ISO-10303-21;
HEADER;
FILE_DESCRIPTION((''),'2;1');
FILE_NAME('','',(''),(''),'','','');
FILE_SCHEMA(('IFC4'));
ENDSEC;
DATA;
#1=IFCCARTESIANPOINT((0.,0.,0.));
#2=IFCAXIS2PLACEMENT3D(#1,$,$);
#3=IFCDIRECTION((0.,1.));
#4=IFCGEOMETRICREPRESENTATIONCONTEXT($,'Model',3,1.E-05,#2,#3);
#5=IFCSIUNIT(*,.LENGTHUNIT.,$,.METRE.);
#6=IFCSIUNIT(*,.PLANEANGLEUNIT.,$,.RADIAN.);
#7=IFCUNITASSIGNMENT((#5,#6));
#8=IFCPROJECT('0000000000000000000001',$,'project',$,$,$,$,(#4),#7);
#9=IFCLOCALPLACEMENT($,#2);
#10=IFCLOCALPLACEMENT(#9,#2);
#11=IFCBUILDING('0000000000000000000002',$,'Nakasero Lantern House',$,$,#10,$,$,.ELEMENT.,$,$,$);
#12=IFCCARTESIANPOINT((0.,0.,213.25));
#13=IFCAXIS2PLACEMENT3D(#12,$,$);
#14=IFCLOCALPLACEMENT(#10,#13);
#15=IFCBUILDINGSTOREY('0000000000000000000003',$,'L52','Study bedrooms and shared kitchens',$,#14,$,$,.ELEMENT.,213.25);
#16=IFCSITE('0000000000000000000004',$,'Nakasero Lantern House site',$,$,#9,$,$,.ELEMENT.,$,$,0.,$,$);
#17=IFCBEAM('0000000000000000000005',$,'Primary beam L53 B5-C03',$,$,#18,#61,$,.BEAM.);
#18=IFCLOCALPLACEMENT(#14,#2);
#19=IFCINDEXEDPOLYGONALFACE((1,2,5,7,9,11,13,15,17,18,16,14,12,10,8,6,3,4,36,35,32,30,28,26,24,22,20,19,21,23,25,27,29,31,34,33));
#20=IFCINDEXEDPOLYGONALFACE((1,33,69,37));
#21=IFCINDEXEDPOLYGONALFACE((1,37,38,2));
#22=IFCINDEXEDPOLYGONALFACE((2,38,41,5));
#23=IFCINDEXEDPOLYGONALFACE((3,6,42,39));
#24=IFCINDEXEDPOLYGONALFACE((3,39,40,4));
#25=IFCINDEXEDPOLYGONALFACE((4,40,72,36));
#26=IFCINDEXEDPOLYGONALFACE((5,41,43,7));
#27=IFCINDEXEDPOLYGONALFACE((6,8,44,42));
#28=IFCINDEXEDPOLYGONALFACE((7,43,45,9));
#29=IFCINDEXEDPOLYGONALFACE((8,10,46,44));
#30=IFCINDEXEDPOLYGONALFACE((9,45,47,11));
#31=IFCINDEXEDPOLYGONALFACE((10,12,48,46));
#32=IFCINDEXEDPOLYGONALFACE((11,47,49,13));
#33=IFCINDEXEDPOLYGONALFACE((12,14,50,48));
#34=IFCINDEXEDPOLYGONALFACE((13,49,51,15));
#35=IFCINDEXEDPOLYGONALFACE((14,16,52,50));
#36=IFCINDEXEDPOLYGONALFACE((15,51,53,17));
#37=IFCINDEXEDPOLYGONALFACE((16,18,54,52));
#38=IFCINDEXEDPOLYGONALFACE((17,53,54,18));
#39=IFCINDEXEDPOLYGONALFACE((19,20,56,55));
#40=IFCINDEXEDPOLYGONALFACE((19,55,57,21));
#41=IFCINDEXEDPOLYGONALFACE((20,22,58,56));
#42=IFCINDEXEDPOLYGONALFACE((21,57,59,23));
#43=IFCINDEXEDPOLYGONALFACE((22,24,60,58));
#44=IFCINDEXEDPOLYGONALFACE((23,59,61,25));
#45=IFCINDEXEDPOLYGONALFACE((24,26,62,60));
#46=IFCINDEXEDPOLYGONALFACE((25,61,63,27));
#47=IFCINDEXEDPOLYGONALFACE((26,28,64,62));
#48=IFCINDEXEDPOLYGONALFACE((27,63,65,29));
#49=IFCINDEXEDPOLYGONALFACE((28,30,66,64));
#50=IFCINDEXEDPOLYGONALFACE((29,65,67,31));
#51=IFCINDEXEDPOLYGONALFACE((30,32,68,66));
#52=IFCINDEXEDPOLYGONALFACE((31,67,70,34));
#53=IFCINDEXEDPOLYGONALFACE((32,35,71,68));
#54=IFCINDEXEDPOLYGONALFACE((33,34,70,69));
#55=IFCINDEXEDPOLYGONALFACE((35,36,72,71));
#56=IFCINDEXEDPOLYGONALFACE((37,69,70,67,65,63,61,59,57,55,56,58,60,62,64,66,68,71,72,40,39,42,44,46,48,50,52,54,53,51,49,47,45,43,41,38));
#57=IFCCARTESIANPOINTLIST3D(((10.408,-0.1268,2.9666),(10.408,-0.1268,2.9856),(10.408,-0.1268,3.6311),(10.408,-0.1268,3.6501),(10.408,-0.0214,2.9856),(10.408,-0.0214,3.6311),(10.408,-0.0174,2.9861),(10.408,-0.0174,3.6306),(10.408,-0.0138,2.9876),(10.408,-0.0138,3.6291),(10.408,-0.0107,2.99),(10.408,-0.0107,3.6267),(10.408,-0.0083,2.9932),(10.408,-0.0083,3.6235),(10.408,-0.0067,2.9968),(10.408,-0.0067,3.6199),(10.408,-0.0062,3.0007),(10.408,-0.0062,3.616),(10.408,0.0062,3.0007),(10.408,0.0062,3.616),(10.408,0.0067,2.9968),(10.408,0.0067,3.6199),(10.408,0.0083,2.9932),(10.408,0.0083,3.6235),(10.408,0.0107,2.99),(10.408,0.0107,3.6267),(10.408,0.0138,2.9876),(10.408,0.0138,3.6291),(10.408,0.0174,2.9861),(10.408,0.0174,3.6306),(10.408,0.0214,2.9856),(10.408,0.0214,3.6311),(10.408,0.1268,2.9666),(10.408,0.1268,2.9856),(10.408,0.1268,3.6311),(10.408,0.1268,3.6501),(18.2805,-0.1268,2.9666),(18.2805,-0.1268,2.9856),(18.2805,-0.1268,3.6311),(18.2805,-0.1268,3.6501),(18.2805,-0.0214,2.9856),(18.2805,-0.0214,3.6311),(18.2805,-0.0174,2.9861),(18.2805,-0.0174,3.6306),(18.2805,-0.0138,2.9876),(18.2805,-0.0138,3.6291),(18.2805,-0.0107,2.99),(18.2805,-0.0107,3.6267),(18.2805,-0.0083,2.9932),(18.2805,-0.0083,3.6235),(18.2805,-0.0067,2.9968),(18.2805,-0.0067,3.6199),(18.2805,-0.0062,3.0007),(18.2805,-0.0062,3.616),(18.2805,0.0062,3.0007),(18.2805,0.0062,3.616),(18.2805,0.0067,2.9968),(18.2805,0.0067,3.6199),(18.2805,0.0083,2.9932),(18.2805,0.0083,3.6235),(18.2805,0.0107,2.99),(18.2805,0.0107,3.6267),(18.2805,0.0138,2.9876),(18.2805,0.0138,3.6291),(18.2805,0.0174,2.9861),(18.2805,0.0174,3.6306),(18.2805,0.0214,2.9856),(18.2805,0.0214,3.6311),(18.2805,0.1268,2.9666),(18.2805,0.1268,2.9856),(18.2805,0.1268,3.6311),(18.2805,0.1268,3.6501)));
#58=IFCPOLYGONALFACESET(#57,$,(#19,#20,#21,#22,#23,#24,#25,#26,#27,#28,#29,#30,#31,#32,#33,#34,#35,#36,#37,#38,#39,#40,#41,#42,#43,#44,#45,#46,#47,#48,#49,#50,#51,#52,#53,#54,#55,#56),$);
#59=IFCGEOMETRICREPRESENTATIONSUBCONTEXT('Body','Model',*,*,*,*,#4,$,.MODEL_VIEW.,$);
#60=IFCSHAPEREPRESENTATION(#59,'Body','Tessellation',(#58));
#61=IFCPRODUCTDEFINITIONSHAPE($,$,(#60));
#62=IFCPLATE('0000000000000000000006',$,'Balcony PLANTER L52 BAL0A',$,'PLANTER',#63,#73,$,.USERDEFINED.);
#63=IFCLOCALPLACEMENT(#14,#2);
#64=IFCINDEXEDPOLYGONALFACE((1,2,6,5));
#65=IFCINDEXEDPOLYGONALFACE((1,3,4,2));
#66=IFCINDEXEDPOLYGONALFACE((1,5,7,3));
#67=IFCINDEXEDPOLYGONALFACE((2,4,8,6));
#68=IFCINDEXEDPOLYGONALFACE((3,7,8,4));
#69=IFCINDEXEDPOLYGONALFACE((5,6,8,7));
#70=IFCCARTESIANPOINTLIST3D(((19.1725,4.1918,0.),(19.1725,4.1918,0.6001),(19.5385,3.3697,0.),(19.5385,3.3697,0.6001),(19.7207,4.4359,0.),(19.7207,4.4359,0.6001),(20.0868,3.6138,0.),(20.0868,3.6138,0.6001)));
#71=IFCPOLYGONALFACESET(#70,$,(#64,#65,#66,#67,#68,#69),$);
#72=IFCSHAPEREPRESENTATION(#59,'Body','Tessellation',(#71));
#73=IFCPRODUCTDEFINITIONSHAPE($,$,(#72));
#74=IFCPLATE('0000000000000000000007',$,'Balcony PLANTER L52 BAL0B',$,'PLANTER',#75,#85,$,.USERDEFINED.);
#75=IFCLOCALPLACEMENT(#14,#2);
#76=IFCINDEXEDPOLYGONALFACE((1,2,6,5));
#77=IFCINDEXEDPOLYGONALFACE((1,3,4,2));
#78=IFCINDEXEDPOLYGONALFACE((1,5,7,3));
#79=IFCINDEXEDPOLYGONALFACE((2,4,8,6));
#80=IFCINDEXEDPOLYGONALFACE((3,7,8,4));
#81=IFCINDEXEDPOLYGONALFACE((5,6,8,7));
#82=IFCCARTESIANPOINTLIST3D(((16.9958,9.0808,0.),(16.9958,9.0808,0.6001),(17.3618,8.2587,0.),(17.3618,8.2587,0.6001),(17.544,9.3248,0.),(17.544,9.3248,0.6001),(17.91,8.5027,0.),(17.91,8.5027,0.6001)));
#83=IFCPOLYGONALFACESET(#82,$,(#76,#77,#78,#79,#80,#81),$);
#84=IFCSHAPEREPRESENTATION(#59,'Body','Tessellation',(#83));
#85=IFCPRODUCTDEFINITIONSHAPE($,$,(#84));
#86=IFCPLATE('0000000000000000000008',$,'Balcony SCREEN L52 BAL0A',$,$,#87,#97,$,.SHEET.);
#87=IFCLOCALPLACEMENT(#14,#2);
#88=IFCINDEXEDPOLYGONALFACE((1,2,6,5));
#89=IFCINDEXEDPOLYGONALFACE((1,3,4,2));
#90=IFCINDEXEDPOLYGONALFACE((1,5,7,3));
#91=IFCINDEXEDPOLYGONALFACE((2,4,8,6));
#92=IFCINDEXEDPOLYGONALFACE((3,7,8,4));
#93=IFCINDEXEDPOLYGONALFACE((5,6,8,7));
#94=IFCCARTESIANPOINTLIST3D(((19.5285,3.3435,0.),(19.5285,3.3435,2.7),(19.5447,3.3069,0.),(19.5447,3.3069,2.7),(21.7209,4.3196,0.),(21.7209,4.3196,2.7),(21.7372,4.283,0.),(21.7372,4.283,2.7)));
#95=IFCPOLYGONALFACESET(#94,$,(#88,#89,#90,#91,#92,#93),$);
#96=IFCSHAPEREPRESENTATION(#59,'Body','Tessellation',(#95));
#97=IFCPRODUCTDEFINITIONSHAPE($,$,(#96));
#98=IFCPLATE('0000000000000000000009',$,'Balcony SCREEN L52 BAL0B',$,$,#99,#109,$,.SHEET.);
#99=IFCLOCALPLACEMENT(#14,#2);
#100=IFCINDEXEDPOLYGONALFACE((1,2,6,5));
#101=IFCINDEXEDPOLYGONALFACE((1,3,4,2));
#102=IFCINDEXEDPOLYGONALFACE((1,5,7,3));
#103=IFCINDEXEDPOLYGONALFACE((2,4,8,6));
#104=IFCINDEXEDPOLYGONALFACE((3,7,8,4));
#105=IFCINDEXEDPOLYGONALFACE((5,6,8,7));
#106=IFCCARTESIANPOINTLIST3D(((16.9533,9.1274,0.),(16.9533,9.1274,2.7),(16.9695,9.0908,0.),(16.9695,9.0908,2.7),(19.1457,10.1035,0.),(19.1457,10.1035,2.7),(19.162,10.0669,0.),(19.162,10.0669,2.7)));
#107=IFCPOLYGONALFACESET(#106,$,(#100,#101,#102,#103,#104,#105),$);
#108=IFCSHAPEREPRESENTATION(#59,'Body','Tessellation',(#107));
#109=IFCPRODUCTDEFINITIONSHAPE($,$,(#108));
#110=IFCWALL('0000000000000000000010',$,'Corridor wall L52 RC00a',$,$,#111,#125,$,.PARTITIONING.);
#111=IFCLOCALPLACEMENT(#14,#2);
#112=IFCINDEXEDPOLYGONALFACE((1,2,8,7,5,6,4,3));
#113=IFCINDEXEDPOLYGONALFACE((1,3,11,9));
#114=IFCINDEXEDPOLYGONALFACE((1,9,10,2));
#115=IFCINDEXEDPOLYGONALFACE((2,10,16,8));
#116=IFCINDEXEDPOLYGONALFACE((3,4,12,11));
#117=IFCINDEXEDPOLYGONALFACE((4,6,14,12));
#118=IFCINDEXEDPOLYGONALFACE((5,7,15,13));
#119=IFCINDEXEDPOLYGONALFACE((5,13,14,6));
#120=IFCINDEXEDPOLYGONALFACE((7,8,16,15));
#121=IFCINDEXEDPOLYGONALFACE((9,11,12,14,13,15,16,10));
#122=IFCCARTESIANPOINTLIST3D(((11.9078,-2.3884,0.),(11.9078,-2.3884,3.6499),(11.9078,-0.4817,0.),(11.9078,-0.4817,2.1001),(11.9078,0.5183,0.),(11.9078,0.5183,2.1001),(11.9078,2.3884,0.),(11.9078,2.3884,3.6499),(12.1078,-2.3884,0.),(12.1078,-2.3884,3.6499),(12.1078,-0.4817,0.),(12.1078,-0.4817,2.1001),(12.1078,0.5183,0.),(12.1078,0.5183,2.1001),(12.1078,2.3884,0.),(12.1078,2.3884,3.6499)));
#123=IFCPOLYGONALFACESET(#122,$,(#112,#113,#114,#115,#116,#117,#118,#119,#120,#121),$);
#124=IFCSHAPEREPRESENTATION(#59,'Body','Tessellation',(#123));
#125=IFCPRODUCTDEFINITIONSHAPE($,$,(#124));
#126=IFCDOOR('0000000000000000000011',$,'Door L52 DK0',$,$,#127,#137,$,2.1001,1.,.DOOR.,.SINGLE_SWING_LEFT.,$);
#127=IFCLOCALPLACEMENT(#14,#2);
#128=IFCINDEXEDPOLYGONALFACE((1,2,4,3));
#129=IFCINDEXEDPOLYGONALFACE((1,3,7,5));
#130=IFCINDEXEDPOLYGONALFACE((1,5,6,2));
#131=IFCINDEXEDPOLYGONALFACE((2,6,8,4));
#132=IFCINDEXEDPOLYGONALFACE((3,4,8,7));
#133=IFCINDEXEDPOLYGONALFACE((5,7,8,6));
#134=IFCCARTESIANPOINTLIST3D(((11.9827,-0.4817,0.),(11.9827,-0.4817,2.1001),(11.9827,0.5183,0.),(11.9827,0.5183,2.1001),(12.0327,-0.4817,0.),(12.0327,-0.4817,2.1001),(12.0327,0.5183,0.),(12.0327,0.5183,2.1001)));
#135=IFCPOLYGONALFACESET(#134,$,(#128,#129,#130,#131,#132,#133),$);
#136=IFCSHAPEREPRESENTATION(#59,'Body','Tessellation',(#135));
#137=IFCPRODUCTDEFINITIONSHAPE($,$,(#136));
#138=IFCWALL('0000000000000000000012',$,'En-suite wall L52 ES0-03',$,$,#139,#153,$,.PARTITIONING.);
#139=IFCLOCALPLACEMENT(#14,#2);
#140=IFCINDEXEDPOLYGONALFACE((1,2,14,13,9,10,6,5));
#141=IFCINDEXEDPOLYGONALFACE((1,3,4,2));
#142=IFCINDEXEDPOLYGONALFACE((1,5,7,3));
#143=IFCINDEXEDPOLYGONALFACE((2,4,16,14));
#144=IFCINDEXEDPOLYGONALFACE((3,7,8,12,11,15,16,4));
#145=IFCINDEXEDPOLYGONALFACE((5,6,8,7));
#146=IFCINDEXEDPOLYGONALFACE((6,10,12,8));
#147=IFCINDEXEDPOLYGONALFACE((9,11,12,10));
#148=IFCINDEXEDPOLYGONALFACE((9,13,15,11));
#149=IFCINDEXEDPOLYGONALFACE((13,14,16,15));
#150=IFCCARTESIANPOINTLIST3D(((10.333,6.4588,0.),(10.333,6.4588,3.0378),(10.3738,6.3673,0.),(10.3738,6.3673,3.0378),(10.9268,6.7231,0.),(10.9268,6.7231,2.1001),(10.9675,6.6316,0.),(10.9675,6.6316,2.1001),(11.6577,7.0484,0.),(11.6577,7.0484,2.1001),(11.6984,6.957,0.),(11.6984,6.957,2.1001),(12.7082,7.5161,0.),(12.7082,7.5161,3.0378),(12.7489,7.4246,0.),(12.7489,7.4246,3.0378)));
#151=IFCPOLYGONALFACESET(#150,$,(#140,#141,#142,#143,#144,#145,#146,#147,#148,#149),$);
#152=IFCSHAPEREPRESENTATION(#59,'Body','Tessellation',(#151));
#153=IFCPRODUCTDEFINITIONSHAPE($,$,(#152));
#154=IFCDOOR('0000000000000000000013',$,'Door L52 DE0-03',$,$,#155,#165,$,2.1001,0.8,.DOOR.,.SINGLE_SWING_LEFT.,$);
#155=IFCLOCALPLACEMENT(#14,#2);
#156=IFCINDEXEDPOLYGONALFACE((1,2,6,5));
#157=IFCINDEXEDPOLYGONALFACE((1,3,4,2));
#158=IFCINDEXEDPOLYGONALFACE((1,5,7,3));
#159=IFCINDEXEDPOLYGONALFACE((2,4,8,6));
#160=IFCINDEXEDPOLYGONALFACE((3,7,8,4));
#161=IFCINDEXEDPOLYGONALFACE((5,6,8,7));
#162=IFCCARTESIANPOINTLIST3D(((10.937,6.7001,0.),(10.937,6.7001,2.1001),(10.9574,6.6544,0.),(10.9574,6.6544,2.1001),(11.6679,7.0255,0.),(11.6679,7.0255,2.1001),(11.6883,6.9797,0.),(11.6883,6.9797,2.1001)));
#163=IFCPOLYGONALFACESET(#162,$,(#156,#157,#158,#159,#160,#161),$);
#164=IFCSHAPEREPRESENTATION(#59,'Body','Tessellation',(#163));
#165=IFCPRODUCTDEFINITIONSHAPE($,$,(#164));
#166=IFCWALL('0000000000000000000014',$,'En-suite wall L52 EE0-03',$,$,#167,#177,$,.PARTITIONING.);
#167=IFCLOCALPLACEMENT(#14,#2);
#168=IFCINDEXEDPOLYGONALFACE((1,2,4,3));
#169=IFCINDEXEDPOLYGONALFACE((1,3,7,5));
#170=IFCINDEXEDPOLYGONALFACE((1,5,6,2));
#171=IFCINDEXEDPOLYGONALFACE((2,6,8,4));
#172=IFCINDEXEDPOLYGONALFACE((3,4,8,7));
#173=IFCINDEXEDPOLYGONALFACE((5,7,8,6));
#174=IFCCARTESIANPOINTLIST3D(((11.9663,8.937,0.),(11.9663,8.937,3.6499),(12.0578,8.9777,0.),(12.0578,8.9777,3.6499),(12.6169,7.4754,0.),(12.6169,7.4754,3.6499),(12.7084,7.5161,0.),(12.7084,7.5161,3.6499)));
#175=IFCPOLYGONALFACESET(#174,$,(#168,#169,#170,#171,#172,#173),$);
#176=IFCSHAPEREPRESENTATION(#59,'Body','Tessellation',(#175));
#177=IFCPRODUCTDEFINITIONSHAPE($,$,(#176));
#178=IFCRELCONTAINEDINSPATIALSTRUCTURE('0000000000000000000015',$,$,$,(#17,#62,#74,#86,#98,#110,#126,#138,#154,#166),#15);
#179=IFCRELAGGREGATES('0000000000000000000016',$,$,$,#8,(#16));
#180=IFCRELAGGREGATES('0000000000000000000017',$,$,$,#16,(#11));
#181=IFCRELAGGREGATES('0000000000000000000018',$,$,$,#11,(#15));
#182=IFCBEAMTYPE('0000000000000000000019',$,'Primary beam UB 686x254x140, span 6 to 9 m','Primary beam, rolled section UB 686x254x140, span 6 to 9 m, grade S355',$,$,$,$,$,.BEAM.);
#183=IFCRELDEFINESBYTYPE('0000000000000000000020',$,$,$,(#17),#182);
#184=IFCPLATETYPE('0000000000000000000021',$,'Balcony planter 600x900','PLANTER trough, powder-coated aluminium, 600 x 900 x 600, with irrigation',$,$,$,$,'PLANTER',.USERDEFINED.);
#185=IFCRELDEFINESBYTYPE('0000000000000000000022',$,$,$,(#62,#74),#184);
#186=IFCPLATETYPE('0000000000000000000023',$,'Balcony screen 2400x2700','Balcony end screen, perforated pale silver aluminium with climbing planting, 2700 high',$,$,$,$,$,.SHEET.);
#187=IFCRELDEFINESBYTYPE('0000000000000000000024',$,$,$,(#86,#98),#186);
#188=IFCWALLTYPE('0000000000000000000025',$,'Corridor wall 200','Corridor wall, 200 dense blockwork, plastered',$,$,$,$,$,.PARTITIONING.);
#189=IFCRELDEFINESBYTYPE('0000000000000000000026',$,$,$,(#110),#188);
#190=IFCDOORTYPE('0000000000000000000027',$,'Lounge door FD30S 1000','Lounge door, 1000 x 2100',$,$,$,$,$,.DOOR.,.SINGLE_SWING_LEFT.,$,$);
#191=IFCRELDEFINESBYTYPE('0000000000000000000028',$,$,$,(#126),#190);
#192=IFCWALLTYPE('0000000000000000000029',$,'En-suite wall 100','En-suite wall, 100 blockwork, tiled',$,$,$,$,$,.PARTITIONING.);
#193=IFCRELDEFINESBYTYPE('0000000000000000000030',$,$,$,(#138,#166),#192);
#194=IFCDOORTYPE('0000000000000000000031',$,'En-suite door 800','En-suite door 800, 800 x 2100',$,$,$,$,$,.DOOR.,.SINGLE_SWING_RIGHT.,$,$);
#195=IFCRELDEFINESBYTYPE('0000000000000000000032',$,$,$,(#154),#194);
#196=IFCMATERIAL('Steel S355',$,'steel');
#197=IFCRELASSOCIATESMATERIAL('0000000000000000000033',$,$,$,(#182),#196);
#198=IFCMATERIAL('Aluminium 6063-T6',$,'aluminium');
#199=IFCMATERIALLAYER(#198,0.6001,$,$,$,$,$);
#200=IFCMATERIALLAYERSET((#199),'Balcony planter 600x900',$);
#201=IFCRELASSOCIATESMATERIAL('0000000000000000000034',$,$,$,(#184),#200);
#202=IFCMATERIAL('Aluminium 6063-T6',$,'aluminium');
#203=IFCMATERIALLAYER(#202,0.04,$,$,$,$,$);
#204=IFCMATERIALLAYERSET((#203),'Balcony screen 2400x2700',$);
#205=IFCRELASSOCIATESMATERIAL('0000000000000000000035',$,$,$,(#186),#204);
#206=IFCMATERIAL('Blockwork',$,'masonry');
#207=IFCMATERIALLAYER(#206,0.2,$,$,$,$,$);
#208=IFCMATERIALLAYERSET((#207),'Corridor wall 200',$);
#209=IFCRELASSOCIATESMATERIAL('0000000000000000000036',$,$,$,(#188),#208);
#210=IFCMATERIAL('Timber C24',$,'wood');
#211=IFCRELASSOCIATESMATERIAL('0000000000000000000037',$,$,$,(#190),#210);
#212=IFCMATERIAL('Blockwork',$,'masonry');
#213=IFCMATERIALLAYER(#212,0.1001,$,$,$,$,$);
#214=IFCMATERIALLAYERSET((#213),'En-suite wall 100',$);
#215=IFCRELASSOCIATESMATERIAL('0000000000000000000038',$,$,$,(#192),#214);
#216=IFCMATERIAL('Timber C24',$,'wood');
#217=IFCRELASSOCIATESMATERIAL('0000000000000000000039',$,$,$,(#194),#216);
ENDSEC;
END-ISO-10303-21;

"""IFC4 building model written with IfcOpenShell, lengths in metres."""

from ifc_helpers import new_model, si_unit, direction, frame, frame_2d, origin, origin_2d, place, context, subcontext, project, spatial, rectangle, i_section, extrude, material, layer, layer_set, material_profile, profile_set, type_object, element, fill, save


model = new_model("IFC4")

# Units and contexts
model_context = context("Model", 3, precision=1e-05, world=origin(), true_north=direction((0.0, 1.0)))
body_context = subcontext(model_context, "Body", "Model", "MODEL_VIEW")
ifc_project = project(units=[si_unit("LENGTHUNIT", "METRE"), si_unit("PLANEANGLEUNIT", "RADIAN")], contexts=[model_context])

# Site, building, storey
site_placement = place(None, origin())
site = spatial("IfcSite", under=ifc_project, at=site_placement, Name="Nakasero Lantern House site", CompositionType="ELEMENT", RefElevation=0.0)
building_placement = place(site_placement, origin())
building = spatial("IfcBuilding", under=site, at=building_placement, Name="Nakasero Lantern House", CompositionType="ELEMENT")
storey_placement = place(building_placement, frame((0.0, 0.0, 213.25)))
storey = spatial("IfcBuildingStorey", under=building, at=storey_placement, Name="L52", Description="Study bedrooms and shared kitchens", CompositionType="ELEMENT", Elevation=213.25)

# Beam
ifc_material_1 = material(Name="Steel S355", Category="steel")
ifc_material_profile_1 = material_profile(ifc_material_1, i_section(OverallWidth=0.2537, OverallDepth=0.6836, WebThickness=0.0125, FlangeThickness=0.019, FilletRadius=0.0151, at=origin_2d()), Name="UB 686x254x140")
ifc_profile_set_1 = profile_set([ifc_material_profile_1], Name="Steel S355")
beam_type_1 = type_object("IfcBeamType", Name="Primary beam UB 686x254x140, span 6 to 9 m", Description="Primary beam, rolled section UB 686x254x140, span 6 to 9 m, grade S355", PredefinedType="BEAM", material=ifc_profile_set_1)
beam_1_placement = place(storey_placement, frame((18.2805, 0.0, 3.3083), z_axis=(-1.0, 0.0, 0.0), x_axis=(0.0, -1.0, 0.0)))
element("IfcBeam", 1, at=beam_1_placement, inside=storey, type_object=beam_type_1, Name="Primary beam L53 B5-C03", PredefinedType="BEAM", context=body_context, shape_type="SweptSolid", body=[
    extrude(i_section(OverallWidth=0.2537, OverallDepth=0.6836, WebThickness=0.0125, FlangeThickness=0.019, FilletRadius=0.0151, at=origin_2d()), origin(), (0.0, 0.0, 1.0), 7.8726),
])

# Plates
ifc_material_2 = material(Name="Aluminium 6063-T6", Category="aluminium")
ifc_layer_1 = layer(ifc_material_2, 0.6001)
ifc_layer_set_1 = layer_set([ifc_layer_1], Name="Balcony planter 600x900")
plate_type_1 = type_object("IfcPlateType", Name="Balcony planter 600x900", Description="PLANTER trough, powder-coated aluminium, 600 x 900 x 600, with irrigation", ElementType="PLANTER", PredefinedType="USERDEFINED", material=ifc_layer_set_1)
for number, where, z_axis, x_axis, name in (
    (2, (19.6296, 3.9028, 0.0), (0.0, 0.0, 1.0), (0.913545, 0.406737, 0.0), "Balcony PLANTER L52 BAL0A"),
    (3, (17.4529, 8.7917, 0.0), (0.0, 0.0, 1.0), (0.913545, 0.406737, 0.0), "Balcony PLANTER L52 BAL0B"),
):
    element("IfcPlate", number, at=place(storey_placement, frame(where, z_axis=z_axis, x_axis=x_axis)), inside=storey, type_object=plate_type_1, Name=name, ObjectType="PLANTER", PredefinedType="USERDEFINED", context=body_context, shape_type="SweptSolid", body=[
        extrude(rectangle(XDim=0.6001, YDim=0.8999, at=origin_2d()), origin(), (0.0, 0.0, 1.0), 0.6001),
    ])
ifc_material_3 = material(Name="Aluminium 6063-T6", Category="aluminium")
ifc_layer_2 = layer(ifc_material_3, 0.04)
ifc_layer_set_2 = layer_set([ifc_layer_2], Name="Balcony screen 2400x2700")
plate_type_2 = type_object("IfcPlateType", Name="Balcony screen 2400x2700", Description="Balcony end screen, perforated pale silver aluminium with climbing planting, 2700 high", PredefinedType="SHEET", material=ifc_layer_set_2)
for number, where, z_axis, x_axis, name in (
    (4, (20.6328, 3.8132, 0.0), (0.0, 0.0, 1.0), (0.913545, 0.406737, 0.0), "Balcony SCREEN L52 BAL0A"),
    (5, (18.0576, 9.5972, 0.0), (0.0, 0.0, 1.0), (0.913545, 0.406737, 0.0), "Balcony SCREEN L52 BAL0B"),
):
    element("IfcPlate", number, at=place(storey_placement, frame(where, z_axis=z_axis, x_axis=x_axis)), inside=storey, type_object=plate_type_2, Name=name, PredefinedType="SHEET", context=body_context, shape_type="SweptSolid", body=[
        extrude(rectangle(XDim=2.3999, YDim=0.04, at=origin_2d()), origin(), (0.0, 0.0, 1.0), 2.7),
    ])

# Walls, openings, doors
ifc_material_4 = material(Name="Blockwork", Category="masonry")
ifc_layer_3 = layer(ifc_material_4, 0.2)
ifc_layer_set_3 = layer_set([ifc_layer_3], Name="Corridor wall 200")
wall_type_1 = type_object("IfcWallType", Name="Corridor wall 200", Description="Corridor wall, 200 dense blockwork, plastered", PredefinedType="PARTITIONING", material=ifc_layer_set_3)
wall_1_placement = place(storey_placement, frame((12.0078, 2.3884, 0.0), z_axis=(0.0, 0.0, 1.0), x_axis=(0.0, -1.0, 0.0)))
wall_1 = element("IfcWall", 6, at=wall_1_placement, inside=storey, type_object=wall_type_1, Name="Corridor wall L52 RC00a", PredefinedType="PARTITIONING", context=body_context, shape_type="SweptSolid", body=[
    extrude(rectangle(XDim=4.7769, YDim=0.2, at=frame_2d((2.3884, 0.0))), origin(), (0.0, 0.0, 1.0), 3.6499),
])
opening_1_placement = place(wall_1_placement, frame((1.8701, 0.0, 0.0)))
opening_1 = element("IfcOpeningElement", 7, at=opening_1_placement, cuts=wall_1, PredefinedType="OPENING", context=body_context, shape_type="SweptSolid", body=[
    extrude(rectangle(XDim=1.0, YDim=2.1001, at=frame_2d((0.5, 1.05))), frame((0.0, 0.1199, 0.0), z_axis=(0.0, -1.0, 0.0), x_axis=(1.0, 0.0, 0.0)), (0.0, 0.0, 1.0), 0.24),
])
ifc_material_5 = material(Name="Timber C24", Category="wood")
door_type_1 = type_object("IfcDoorType", Name="Lounge door FD30S 1000", Description="Lounge door, 1000 x 2100", OperationType="SINGLE_SWING_LEFT", PredefinedType="DOOR", material=ifc_material_5)
door_1_placement = place(opening_1_placement, origin())
door_1 = element("IfcDoor", 8, at=door_1_placement, inside=storey, type_object=door_type_1, Name="Door L52 DK0", OperationType="SINGLE_SWING_LEFT", OverallHeight=2.1001, OverallWidth=1.0, PredefinedType="DOOR", context=body_context, shape_type="SweptSolid", body=[
    extrude(rectangle(XDim=1.0, YDim=2.1001, at=frame_2d((0.5, 1.05))), frame((0.0, 0.0249, 0.0), z_axis=(0.0, -1.0, 0.0), x_axis=(1.0, 0.0, 0.0)), (0.0, 0.0, 1.0), 0.05),
])
fill(opening_1, door_1)
ifc_material_6 = material(Name="Blockwork", Category="masonry")
ifc_layer_4 = layer(ifc_material_6, 0.1001)
ifc_layer_set_4 = layer_set([ifc_layer_4], Name="En-suite wall 100")
wall_type_2 = type_object("IfcWallType", Name="En-suite wall 100", Description="En-suite wall, 100 blockwork, tiled", PredefinedType="PARTITIONING", material=ifc_layer_set_4)
wall_2_placement = place(storey_placement, frame((10.3535, 6.4131, 0.0), z_axis=(0.0, 0.0, 1.0), x_axis=(0.913567, 0.406687, 0.0)))
wall_2 = element("IfcWall", 9, at=wall_2_placement, inside=storey, type_object=wall_type_2, Name="En-suite wall L52 ES0-03", PredefinedType="PARTITIONING", context=body_context, shape_type="SweptSolid", body=[
    extrude(rectangle(XDim=2.5999, YDim=0.1001, at=frame_2d((1.2998, 0.0))), origin(), (0.0, 0.0, 1.0), 3.0378),
])
opening_2_placement = place(wall_2_placement, frame((0.6499, 0.0, 0.0)))
opening_2 = element("IfcOpeningElement", 10, at=opening_2_placement, cuts=wall_2, PredefinedType="OPENING", context=body_context, shape_type="SweptSolid", body=[
    extrude(rectangle(XDim=0.8, YDim=2.1001, at=frame_2d((0.3999, 1.05))), frame((0.0, 0.0701, 0.0), z_axis=(0.0, -1.0, 0.0), x_axis=(1.0, 0.0, 0.0)), (0.0, 0.0, 1.0), 0.1401),
])
ifc_material_7 = material(Name="Timber C24", Category="wood")
door_type_2 = type_object("IfcDoorType", Name="En-suite door 800", Description="En-suite door 800, 800 x 2100", OperationType="SINGLE_SWING_RIGHT", PredefinedType="DOOR", material=ifc_material_7)
door_2_placement = place(opening_2_placement, origin())
door_2 = element("IfcDoor", 11, at=door_2_placement, inside=storey, type_object=door_type_2, Name="Door L52 DE0-03", OperationType="SINGLE_SWING_LEFT", OverallHeight=2.1001, OverallWidth=0.8, PredefinedType="DOOR", context=body_context, shape_type="SweptSolid", body=[
    extrude(rectangle(XDim=0.8, YDim=2.1001, at=frame_2d((0.3999, 1.05))), frame((0.0, 0.0249, 0.0), z_axis=(0.0, -1.0, 0.0), x_axis=(1.0, 0.0, 0.0)), (0.0, 0.0, 1.0), 0.05),
])
fill(opening_2, door_2)

# Wall
for number, where, z_axis, x_axis, name in (
    (12, (12.6626, 7.4958, 0.0), (0.0, 0.0, 1.0), (-0.406662, 0.913579, 0.0), "En-suite wall L52 EE0-03"),
):
    element("IfcWall", number, at=place(storey_placement, frame(where, z_axis=z_axis, x_axis=x_axis)), inside=storey, type_object=wall_type_2, Name=name, PredefinedType="PARTITIONING", context=body_context, shape_type="SweptSolid", body=[
        extrude(rectangle(XDim=1.5999, YDim=0.1001, at=frame_2d((0.7998, 0.0))), origin(), (0.0, 0.0, 1.0), 3.6499),
    ])

save(model, "model.ifc")
